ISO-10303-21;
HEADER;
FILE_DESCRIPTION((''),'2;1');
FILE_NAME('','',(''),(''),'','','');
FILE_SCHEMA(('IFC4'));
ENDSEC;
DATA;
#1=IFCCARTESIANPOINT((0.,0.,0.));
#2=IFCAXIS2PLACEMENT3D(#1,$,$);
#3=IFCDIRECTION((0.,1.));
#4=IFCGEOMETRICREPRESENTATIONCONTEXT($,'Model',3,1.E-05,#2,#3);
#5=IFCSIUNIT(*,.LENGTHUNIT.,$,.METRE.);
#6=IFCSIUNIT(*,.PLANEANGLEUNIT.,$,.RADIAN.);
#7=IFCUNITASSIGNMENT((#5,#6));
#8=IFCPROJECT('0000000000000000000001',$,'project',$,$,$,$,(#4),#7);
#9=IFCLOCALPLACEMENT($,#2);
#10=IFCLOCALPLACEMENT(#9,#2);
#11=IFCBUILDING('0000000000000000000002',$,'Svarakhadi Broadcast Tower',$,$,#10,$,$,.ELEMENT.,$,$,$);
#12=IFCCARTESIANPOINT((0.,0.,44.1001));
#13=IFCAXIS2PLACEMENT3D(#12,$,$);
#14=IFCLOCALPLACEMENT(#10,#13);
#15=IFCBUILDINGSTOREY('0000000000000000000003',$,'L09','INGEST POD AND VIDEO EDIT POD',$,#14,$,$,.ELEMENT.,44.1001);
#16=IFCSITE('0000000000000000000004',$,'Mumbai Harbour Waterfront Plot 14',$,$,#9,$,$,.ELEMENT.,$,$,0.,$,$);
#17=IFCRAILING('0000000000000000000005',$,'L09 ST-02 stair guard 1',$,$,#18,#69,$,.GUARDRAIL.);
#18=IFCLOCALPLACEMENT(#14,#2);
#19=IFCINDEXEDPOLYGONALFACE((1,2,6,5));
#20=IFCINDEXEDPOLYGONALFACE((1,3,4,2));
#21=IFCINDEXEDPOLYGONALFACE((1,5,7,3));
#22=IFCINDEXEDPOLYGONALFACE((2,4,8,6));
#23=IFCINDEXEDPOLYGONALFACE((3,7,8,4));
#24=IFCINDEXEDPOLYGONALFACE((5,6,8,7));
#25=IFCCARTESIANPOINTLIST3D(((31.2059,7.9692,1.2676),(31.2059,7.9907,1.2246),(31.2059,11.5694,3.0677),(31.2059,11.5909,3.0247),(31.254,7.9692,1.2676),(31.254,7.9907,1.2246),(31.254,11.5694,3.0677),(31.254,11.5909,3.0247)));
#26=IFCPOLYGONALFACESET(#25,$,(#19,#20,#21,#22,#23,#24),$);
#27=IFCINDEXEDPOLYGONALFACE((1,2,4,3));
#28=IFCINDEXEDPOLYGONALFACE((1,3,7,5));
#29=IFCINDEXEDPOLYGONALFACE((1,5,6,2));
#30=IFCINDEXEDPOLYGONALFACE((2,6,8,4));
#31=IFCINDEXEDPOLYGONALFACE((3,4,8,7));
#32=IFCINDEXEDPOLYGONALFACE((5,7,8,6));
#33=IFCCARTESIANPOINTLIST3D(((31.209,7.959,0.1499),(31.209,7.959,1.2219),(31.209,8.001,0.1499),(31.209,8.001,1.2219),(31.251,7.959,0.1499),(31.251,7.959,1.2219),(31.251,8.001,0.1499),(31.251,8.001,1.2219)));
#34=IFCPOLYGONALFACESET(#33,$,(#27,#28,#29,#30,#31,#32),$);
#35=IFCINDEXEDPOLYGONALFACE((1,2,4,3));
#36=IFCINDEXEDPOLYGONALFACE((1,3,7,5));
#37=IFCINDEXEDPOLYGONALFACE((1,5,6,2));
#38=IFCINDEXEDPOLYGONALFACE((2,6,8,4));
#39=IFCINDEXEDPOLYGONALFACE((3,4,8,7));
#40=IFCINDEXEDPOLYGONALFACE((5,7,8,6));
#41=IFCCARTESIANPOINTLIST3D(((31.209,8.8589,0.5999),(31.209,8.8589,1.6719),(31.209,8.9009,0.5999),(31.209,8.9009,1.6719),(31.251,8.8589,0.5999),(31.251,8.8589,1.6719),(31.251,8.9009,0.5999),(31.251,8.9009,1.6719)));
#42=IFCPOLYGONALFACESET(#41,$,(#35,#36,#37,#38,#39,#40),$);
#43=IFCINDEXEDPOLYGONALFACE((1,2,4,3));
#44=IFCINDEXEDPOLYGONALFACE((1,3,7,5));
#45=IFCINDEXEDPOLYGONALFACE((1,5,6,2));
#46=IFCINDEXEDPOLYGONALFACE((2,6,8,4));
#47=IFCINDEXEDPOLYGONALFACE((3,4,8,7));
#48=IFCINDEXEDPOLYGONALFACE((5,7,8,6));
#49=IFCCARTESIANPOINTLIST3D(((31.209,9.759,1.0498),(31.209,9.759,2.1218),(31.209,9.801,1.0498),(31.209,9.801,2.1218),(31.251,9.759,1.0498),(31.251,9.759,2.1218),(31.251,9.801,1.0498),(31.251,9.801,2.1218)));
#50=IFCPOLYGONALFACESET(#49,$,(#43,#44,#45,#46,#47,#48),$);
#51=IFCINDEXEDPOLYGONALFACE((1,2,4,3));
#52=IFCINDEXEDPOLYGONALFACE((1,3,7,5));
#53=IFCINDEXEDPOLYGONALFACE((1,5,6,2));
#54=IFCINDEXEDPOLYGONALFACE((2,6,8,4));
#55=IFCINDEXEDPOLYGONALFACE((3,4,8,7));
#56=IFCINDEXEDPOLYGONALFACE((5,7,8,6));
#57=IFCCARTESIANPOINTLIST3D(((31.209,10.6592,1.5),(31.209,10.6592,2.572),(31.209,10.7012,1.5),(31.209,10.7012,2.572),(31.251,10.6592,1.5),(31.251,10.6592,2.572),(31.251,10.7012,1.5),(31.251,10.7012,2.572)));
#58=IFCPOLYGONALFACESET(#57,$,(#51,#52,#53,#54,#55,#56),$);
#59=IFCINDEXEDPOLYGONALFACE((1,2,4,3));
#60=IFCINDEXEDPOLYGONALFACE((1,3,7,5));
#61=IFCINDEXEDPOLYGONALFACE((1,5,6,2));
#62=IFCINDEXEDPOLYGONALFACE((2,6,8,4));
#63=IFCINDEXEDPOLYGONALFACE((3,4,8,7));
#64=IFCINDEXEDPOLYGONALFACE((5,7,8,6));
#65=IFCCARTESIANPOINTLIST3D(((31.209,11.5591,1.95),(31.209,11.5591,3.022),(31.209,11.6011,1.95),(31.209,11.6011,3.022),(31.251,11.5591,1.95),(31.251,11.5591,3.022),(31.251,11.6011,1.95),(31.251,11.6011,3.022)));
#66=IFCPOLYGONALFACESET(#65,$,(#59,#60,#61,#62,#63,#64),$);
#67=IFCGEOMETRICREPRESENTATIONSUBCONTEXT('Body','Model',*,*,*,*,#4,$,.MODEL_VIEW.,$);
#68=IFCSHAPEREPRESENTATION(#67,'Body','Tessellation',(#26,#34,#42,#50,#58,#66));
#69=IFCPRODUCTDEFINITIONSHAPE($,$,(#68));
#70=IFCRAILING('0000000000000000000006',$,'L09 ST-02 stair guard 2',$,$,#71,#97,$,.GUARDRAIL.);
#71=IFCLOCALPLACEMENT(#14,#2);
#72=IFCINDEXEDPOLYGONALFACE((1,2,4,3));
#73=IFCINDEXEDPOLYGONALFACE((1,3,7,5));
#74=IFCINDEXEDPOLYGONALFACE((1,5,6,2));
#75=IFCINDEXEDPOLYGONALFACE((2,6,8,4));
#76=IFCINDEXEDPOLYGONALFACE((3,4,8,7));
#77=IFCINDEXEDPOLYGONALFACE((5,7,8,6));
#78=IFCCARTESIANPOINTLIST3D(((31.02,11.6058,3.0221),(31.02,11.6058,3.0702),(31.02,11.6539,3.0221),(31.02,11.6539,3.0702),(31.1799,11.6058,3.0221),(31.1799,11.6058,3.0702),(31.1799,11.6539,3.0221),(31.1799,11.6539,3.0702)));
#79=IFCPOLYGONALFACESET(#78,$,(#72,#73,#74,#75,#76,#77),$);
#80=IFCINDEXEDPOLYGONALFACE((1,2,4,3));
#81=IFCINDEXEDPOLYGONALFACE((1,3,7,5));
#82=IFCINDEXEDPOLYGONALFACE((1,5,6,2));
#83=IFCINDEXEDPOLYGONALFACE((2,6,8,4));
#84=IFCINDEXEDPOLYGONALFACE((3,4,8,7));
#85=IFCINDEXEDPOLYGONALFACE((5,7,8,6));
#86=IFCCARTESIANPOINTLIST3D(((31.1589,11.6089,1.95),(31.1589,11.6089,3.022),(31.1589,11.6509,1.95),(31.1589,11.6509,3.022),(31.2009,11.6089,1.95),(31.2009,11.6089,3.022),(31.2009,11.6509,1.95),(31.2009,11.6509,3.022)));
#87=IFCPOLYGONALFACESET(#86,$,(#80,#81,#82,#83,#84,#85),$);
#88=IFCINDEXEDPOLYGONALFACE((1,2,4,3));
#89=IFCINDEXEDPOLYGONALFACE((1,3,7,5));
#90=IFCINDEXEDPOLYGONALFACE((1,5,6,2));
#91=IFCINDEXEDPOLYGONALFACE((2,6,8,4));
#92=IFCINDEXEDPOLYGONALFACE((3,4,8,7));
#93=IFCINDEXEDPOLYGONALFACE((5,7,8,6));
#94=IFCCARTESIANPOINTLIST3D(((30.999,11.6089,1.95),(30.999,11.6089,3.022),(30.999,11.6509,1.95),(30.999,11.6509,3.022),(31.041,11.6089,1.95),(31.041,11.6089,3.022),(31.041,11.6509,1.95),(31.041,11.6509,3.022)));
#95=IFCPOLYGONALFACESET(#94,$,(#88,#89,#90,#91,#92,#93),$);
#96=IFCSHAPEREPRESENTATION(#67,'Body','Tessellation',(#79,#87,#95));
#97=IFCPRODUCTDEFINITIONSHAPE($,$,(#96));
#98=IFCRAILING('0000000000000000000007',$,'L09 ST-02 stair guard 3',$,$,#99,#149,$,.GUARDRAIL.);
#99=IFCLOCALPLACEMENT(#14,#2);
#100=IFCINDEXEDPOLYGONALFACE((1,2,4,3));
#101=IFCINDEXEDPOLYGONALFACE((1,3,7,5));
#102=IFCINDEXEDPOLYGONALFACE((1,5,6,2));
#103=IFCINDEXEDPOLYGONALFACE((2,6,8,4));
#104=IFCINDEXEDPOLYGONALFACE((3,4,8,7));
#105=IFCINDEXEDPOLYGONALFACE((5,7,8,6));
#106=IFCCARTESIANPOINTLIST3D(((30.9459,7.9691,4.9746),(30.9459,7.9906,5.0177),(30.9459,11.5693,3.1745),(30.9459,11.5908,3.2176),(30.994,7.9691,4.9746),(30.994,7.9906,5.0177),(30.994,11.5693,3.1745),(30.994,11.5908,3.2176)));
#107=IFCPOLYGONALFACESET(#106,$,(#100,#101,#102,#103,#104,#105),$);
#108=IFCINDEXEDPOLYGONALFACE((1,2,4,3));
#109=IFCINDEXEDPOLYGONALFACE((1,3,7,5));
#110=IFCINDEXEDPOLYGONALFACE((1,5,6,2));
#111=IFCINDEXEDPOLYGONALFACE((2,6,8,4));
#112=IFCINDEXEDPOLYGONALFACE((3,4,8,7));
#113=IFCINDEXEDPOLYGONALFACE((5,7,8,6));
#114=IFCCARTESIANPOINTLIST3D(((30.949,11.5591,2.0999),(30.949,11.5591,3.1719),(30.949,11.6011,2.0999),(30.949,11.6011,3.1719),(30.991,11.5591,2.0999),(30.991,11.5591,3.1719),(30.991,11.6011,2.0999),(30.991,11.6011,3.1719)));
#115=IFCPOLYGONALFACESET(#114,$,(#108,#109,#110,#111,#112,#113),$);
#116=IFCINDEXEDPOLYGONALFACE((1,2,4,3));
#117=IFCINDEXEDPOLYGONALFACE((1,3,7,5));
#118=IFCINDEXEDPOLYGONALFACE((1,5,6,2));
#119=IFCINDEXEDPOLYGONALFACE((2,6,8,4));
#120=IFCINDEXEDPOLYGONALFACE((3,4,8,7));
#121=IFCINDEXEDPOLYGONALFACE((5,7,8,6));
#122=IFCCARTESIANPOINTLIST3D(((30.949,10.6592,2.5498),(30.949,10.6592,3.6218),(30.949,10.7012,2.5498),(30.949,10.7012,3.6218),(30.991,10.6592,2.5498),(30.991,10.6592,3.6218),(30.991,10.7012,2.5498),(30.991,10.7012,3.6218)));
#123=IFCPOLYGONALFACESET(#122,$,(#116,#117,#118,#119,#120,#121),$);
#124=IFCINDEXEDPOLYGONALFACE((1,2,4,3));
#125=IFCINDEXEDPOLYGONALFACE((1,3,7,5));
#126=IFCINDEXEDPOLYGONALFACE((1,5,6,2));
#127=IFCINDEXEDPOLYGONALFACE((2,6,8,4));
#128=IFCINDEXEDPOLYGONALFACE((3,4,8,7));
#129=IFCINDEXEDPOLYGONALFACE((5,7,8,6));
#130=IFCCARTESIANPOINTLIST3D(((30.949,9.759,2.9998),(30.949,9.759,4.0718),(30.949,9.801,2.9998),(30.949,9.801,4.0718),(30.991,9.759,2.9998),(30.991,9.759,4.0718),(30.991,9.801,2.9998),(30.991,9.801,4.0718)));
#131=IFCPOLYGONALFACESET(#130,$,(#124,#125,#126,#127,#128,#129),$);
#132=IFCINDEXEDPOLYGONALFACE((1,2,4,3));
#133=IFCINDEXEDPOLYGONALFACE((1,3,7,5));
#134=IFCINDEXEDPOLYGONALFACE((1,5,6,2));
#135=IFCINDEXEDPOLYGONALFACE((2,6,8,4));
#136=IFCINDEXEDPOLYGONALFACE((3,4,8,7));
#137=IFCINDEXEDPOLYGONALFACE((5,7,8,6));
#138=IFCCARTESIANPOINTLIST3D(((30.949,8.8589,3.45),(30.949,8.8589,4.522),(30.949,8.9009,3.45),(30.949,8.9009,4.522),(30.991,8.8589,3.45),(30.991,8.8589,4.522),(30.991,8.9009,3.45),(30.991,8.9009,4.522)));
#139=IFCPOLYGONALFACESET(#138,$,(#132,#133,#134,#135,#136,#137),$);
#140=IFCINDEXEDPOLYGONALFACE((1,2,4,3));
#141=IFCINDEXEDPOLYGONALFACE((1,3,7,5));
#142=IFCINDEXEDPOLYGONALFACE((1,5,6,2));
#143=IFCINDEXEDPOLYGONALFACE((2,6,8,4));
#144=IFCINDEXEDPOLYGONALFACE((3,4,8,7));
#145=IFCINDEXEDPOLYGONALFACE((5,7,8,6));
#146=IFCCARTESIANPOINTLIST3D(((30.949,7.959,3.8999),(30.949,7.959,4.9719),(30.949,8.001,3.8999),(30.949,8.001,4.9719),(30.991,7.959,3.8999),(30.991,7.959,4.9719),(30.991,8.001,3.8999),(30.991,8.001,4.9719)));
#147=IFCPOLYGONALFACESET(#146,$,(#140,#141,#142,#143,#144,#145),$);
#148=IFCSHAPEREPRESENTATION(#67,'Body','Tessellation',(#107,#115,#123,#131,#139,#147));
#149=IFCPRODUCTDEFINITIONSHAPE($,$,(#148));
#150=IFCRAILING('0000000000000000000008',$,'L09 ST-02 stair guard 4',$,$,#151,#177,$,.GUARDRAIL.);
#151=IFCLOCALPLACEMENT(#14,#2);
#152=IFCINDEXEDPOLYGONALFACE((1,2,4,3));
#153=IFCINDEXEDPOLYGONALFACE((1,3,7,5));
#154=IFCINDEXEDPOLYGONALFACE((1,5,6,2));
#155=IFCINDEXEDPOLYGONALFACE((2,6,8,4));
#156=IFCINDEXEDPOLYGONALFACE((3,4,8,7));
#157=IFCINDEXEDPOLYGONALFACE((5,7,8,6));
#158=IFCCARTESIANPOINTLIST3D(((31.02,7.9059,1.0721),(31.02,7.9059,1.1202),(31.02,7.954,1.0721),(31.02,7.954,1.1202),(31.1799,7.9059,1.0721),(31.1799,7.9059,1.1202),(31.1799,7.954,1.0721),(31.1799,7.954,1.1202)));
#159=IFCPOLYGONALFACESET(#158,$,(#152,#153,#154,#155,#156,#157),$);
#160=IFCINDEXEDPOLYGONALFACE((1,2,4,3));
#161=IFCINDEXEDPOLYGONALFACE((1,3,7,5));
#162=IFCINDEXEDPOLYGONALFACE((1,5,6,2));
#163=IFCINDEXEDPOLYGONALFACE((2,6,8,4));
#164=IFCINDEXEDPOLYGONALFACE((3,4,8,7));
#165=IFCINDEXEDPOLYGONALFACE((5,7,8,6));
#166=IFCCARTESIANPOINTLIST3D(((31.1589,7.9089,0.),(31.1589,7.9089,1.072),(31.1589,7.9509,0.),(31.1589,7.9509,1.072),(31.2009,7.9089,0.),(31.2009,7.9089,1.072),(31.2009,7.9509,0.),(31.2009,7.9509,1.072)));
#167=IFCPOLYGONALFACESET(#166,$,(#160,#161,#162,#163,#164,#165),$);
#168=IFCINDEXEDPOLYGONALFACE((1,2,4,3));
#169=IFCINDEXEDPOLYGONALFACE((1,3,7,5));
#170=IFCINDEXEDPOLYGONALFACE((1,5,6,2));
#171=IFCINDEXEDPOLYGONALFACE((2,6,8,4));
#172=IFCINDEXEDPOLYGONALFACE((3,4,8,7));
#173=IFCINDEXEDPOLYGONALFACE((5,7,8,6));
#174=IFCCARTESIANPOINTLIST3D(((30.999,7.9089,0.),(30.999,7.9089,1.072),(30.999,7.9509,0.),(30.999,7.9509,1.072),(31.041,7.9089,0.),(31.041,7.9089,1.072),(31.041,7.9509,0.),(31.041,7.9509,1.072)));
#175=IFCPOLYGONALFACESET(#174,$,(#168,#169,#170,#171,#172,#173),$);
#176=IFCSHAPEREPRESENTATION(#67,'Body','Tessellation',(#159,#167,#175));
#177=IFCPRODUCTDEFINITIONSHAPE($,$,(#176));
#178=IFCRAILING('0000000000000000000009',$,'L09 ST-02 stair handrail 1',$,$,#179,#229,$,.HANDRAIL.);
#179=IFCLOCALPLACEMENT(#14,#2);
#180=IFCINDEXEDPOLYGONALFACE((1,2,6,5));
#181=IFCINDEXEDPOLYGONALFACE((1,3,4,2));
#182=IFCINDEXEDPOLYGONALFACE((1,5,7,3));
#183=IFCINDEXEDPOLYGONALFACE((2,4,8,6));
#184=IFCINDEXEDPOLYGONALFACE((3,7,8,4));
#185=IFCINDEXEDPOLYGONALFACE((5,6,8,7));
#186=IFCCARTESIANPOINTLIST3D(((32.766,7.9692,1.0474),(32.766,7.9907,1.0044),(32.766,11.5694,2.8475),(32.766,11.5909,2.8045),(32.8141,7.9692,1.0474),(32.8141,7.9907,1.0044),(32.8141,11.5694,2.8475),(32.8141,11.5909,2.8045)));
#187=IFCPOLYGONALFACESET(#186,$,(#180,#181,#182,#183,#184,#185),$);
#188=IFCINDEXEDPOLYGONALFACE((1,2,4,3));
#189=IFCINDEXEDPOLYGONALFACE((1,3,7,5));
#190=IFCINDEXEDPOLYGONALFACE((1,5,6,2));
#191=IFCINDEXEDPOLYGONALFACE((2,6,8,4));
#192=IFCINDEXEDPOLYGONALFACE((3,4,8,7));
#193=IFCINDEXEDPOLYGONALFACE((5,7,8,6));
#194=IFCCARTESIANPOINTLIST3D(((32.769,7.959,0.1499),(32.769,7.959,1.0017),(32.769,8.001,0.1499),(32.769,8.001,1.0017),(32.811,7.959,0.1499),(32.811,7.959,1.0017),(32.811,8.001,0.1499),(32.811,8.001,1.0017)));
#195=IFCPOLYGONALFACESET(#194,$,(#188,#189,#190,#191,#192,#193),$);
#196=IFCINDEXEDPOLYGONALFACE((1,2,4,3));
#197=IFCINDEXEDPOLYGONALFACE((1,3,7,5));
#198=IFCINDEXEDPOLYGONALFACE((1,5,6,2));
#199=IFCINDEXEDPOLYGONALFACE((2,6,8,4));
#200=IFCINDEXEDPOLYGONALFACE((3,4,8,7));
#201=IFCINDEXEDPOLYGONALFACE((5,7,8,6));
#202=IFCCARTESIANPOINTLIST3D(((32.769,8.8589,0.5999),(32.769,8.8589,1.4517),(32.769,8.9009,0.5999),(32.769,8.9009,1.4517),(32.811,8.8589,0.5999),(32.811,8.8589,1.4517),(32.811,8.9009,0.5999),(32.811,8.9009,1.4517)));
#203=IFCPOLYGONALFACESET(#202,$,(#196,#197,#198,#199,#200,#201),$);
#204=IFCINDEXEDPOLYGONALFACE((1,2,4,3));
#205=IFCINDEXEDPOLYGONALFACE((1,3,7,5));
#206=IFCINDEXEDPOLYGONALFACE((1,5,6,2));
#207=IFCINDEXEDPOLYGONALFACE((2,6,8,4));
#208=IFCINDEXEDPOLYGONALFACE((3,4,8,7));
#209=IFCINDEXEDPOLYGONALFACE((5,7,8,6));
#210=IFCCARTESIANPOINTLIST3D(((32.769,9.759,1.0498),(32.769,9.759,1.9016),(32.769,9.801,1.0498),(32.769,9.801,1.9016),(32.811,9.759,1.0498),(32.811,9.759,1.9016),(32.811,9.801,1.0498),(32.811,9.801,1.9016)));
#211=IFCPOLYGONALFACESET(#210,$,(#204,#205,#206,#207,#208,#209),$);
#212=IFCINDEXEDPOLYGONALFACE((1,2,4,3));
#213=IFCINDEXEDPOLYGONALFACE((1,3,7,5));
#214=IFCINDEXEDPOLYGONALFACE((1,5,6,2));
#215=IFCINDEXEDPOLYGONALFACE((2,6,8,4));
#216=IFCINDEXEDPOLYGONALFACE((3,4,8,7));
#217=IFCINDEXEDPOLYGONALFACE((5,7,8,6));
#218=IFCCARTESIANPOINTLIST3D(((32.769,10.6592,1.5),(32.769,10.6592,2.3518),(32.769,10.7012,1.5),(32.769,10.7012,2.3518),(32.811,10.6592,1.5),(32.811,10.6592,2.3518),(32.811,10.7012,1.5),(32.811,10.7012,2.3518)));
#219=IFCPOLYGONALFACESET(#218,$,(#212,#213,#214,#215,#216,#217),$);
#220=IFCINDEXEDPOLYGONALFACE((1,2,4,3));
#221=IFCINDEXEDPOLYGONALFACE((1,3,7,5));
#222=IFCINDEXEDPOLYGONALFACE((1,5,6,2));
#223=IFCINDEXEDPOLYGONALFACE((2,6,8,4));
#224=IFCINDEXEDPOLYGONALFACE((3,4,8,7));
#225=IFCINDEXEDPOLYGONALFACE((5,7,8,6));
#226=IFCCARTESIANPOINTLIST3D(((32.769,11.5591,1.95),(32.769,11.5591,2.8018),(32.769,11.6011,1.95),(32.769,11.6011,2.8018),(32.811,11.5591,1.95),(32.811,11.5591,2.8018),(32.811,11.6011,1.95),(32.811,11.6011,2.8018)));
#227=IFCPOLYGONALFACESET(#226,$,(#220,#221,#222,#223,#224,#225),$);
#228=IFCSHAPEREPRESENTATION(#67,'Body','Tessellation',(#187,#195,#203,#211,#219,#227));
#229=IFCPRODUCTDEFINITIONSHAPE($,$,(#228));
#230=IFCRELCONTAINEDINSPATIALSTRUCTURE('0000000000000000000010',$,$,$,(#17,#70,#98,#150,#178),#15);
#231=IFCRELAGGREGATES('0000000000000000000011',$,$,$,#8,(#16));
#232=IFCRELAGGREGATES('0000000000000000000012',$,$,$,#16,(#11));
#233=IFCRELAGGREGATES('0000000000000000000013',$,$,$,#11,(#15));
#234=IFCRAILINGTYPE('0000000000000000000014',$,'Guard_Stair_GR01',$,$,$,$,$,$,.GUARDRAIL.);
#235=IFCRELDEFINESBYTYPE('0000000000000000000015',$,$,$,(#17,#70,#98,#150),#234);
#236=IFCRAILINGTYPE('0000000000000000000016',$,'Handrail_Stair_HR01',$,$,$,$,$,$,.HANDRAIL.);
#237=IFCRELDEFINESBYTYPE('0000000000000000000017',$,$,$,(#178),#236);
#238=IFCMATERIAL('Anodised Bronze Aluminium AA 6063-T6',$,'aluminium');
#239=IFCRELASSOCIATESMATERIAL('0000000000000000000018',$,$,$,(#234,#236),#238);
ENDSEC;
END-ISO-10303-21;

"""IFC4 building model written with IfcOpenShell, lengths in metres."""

from ifc_helpers import new_model, si_unit, direction, frame, origin, origin_2d, place, context, subcontext, project, spatial, rectangle, extrude, material, type_object, element, save


model = new_model("IFC4")

# Units and contexts
model_context = context("Model", 3, precision=1e-05, world=origin(), true_north=direction((0.0, 1.0)))
body_context = subcontext(model_context, "Body", "Model", "MODEL_VIEW")
ifc_project = project(units=[si_unit("LENGTHUNIT", "METRE"), si_unit("PLANEANGLEUNIT", "RADIAN")], contexts=[model_context])

# Site, building, storey
site_placement = place(None, origin())
site = spatial("IfcSite", under=ifc_project, at=site_placement, Name="Mumbai Harbour Waterfront Plot 14", CompositionType="ELEMENT", RefElevation=0.0)
building_placement = place(site_placement, origin())
building = spatial("IfcBuilding", under=site, at=building_placement, Name="Svarakhadi Broadcast Tower", CompositionType="ELEMENT")
storey_placement = place(building_placement, frame((0.0, 0.0, 44.1001)))
storey = spatial("IfcBuildingStorey", under=building, at=storey_placement, Name="L09", Description="INGEST POD AND VIDEO EDIT POD", CompositionType="ELEMENT", Elevation=44.1001)

# Shared definitions
ifc_material_1 = material(Name="Anodised Bronze Aluminium AA 6063-T6", Category="aluminium")

# Railings
railing_type_1 = type_object("IfcRailingType", Name="Guard_Stair_GR01", PredefinedType="GUARDRAIL", material=ifc_material_1)
railing_1_placement = place(storey_placement, frame((31.23, 7.98, 0.1499)))
element("IfcRailing", 1, at=railing_1_placement, inside=storey, type_object=railing_type_1, Name="L09 ST-02 stair guard 1", PredefinedType="GUARDRAIL", context=body_context, shape_type="SweptSolid", body=[
    extrude(rectangle(XDim=0.0481, YDim=0.0481, at=origin_2d()), frame((0.0, 0.0, 1.0962), z_axis=(0.0, 0.894427, 0.447214), x_axis=(-1.0, 0.0, 0.0)), (0.0, 0.0, 1.0), 4.0251),
    extrude(rectangle(XDim=0.042, YDim=0.042, at=origin_2d()), origin(), (0.0, 0.0, 1.0), 1.072),
    extrude(rectangle(XDim=0.042, YDim=0.042, at=origin_2d()), frame((0.0, 0.8999, 0.45)), (0.0, 0.0, 1.0), 1.072),
    extrude(rectangle(XDim=0.042, YDim=0.042, at=origin_2d()), frame((0.0, 1.8, 0.8999)), (0.0, 0.0, 1.0), 1.072),
    extrude(rectangle(XDim=0.042, YDim=0.042, at=origin_2d()), frame((0.0, 2.7002, 1.3501)), (0.0, 0.0, 1.0), 1.072),
    extrude(rectangle(XDim=0.042, YDim=0.042, at=origin_2d()), frame((0.0, 3.6001, 1.8)), (0.0, 0.0, 1.0), 1.072),
])
railing_2_placement = place(storey_placement, frame((31.1799, 11.6299, 1.95)))
element("IfcRailing", 2, at=railing_2_placement, inside=storey, type_object=railing_type_1, Name="L09 ST-02 stair guard 2", PredefinedType="GUARDRAIL", context=body_context, shape_type="SweptSolid", body=[
    extrude(rectangle(XDim=0.0481, YDim=0.0481, at=origin_2d()), frame((0.0, 0.0, 1.0962), z_axis=(-1.0, 0.0, 0.0), x_axis=(0.0, -1.0, 0.0)), (0.0, 0.0, 1.0), 0.1599),
    extrude(rectangle(XDim=0.042, YDim=0.042, at=origin_2d()), origin(), (0.0, 0.0, 1.0), 1.072),
    extrude(rectangle(XDim=0.042, YDim=0.042, at=origin_2d()), frame((-0.1599, 0.0, 0.0)), (0.0, 0.0, 1.0), 1.072),
])
railing_3_placement = place(storey_placement, frame((30.97, 11.5801, 2.0999)))
element("IfcRailing", 3, at=railing_3_placement, inside=storey, type_object=railing_type_1, Name="L09 ST-02 stair guard 3", PredefinedType="GUARDRAIL", context=body_context, shape_type="SweptSolid", body=[
    extrude(rectangle(XDim=0.0481, YDim=0.0481, at=origin_2d()), frame((0.0, 0.0, 1.0962), z_axis=(0.0, -0.894427, 0.447214), x_axis=(1.0, 0.0, 0.0)), (0.0, 0.0, 1.0), 4.0251),
    extrude(rectangle(XDim=0.042, YDim=0.042, at=origin_2d()), origin(), (0.0, 0.0, 1.0), 1.072),
    extrude(rectangle(XDim=0.042, YDim=0.042, at=origin_2d()), frame((0.0, -0.8999, 0.45)), (0.0, 0.0, 1.0), 1.072),
    extrude(rectangle(XDim=0.042, YDim=0.042, at=origin_2d()), frame((0.0, -1.8, 0.8999)), (0.0, 0.0, 1.0), 1.072),
    extrude(rectangle(XDim=0.042, YDim=0.042, at=origin_2d()), frame((0.0, -2.7002, 1.3501)), (0.0, 0.0, 1.0), 1.072),
    extrude(rectangle(XDim=0.042, YDim=0.042, at=origin_2d()), frame((0.0, -3.6001, 1.8)), (0.0, 0.0, 1.0), 1.072),
])
railing_4_placement = place(storey_placement, frame((31.1799, 7.9299, 0.0)))
element("IfcRailing", 4, at=railing_4_placement, inside=storey, type_object=railing_type_1, Name="L09 ST-02 stair guard 4", PredefinedType="GUARDRAIL", context=body_context, shape_type="SweptSolid", body=[
    extrude(rectangle(XDim=0.0481, YDim=0.0481, at=origin_2d()), frame((0.0, 0.0, 1.0962), z_axis=(-1.0, 0.0, 0.0), x_axis=(0.0, -1.0, 0.0)), (0.0, 0.0, 1.0), 0.1599),
    extrude(rectangle(XDim=0.042, YDim=0.042, at=origin_2d()), origin(), (0.0, 0.0, 1.0), 1.072),
    extrude(rectangle(XDim=0.042, YDim=0.042, at=origin_2d()), frame((-0.1599, 0.0, 0.0)), (0.0, 0.0, 1.0), 1.072),
])
railing_type_2 = type_object("IfcRailingType", Name="Handrail_Stair_HR01", PredefinedType="HANDRAIL", material=ifc_material_1)
railing_5_placement = place(storey_placement, frame((32.79, 7.98, 0.1499)))
element("IfcRailing", 5, at=railing_5_placement, inside=storey, type_object=railing_type_2, Name="L09 ST-02 stair handrail 1", PredefinedType="HANDRAIL", context=body_context, shape_type="SweptSolid", body=[
    extrude(rectangle(XDim=0.0481, YDim=0.0481, at=origin_2d()), frame((0.0, 0.0, 0.876), z_axis=(0.0, 0.894427, 0.447214), x_axis=(-1.0, 0.0, 0.0)), (0.0, 0.0, 1.0), 4.0251),
    extrude(rectangle(XDim=0.042, YDim=0.042, at=origin_2d()), origin(), (0.0, 0.0, 1.0), 0.8518),
    extrude(rectangle(XDim=0.042, YDim=0.042, at=origin_2d()), frame((0.0, 0.8999, 0.45)), (0.0, 0.0, 1.0), 0.8518),
    extrude(rectangle(XDim=0.042, YDim=0.042, at=origin_2d()), frame((0.0, 1.8, 0.8999)), (0.0, 0.0, 1.0), 0.8518),
    extrude(rectangle(XDim=0.042, YDim=0.042, at=origin_2d()), frame((0.0, 2.7002, 1.3501)), (0.0, 0.0, 1.0), 0.8518),
    extrude(rectangle(XDim=0.042, YDim=0.042, at=origin_2d()), frame((0.0, 3.6001, 1.8)), (0.0, 0.0, 1.0), 0.8518),
])

save(model, "model.ifc")
